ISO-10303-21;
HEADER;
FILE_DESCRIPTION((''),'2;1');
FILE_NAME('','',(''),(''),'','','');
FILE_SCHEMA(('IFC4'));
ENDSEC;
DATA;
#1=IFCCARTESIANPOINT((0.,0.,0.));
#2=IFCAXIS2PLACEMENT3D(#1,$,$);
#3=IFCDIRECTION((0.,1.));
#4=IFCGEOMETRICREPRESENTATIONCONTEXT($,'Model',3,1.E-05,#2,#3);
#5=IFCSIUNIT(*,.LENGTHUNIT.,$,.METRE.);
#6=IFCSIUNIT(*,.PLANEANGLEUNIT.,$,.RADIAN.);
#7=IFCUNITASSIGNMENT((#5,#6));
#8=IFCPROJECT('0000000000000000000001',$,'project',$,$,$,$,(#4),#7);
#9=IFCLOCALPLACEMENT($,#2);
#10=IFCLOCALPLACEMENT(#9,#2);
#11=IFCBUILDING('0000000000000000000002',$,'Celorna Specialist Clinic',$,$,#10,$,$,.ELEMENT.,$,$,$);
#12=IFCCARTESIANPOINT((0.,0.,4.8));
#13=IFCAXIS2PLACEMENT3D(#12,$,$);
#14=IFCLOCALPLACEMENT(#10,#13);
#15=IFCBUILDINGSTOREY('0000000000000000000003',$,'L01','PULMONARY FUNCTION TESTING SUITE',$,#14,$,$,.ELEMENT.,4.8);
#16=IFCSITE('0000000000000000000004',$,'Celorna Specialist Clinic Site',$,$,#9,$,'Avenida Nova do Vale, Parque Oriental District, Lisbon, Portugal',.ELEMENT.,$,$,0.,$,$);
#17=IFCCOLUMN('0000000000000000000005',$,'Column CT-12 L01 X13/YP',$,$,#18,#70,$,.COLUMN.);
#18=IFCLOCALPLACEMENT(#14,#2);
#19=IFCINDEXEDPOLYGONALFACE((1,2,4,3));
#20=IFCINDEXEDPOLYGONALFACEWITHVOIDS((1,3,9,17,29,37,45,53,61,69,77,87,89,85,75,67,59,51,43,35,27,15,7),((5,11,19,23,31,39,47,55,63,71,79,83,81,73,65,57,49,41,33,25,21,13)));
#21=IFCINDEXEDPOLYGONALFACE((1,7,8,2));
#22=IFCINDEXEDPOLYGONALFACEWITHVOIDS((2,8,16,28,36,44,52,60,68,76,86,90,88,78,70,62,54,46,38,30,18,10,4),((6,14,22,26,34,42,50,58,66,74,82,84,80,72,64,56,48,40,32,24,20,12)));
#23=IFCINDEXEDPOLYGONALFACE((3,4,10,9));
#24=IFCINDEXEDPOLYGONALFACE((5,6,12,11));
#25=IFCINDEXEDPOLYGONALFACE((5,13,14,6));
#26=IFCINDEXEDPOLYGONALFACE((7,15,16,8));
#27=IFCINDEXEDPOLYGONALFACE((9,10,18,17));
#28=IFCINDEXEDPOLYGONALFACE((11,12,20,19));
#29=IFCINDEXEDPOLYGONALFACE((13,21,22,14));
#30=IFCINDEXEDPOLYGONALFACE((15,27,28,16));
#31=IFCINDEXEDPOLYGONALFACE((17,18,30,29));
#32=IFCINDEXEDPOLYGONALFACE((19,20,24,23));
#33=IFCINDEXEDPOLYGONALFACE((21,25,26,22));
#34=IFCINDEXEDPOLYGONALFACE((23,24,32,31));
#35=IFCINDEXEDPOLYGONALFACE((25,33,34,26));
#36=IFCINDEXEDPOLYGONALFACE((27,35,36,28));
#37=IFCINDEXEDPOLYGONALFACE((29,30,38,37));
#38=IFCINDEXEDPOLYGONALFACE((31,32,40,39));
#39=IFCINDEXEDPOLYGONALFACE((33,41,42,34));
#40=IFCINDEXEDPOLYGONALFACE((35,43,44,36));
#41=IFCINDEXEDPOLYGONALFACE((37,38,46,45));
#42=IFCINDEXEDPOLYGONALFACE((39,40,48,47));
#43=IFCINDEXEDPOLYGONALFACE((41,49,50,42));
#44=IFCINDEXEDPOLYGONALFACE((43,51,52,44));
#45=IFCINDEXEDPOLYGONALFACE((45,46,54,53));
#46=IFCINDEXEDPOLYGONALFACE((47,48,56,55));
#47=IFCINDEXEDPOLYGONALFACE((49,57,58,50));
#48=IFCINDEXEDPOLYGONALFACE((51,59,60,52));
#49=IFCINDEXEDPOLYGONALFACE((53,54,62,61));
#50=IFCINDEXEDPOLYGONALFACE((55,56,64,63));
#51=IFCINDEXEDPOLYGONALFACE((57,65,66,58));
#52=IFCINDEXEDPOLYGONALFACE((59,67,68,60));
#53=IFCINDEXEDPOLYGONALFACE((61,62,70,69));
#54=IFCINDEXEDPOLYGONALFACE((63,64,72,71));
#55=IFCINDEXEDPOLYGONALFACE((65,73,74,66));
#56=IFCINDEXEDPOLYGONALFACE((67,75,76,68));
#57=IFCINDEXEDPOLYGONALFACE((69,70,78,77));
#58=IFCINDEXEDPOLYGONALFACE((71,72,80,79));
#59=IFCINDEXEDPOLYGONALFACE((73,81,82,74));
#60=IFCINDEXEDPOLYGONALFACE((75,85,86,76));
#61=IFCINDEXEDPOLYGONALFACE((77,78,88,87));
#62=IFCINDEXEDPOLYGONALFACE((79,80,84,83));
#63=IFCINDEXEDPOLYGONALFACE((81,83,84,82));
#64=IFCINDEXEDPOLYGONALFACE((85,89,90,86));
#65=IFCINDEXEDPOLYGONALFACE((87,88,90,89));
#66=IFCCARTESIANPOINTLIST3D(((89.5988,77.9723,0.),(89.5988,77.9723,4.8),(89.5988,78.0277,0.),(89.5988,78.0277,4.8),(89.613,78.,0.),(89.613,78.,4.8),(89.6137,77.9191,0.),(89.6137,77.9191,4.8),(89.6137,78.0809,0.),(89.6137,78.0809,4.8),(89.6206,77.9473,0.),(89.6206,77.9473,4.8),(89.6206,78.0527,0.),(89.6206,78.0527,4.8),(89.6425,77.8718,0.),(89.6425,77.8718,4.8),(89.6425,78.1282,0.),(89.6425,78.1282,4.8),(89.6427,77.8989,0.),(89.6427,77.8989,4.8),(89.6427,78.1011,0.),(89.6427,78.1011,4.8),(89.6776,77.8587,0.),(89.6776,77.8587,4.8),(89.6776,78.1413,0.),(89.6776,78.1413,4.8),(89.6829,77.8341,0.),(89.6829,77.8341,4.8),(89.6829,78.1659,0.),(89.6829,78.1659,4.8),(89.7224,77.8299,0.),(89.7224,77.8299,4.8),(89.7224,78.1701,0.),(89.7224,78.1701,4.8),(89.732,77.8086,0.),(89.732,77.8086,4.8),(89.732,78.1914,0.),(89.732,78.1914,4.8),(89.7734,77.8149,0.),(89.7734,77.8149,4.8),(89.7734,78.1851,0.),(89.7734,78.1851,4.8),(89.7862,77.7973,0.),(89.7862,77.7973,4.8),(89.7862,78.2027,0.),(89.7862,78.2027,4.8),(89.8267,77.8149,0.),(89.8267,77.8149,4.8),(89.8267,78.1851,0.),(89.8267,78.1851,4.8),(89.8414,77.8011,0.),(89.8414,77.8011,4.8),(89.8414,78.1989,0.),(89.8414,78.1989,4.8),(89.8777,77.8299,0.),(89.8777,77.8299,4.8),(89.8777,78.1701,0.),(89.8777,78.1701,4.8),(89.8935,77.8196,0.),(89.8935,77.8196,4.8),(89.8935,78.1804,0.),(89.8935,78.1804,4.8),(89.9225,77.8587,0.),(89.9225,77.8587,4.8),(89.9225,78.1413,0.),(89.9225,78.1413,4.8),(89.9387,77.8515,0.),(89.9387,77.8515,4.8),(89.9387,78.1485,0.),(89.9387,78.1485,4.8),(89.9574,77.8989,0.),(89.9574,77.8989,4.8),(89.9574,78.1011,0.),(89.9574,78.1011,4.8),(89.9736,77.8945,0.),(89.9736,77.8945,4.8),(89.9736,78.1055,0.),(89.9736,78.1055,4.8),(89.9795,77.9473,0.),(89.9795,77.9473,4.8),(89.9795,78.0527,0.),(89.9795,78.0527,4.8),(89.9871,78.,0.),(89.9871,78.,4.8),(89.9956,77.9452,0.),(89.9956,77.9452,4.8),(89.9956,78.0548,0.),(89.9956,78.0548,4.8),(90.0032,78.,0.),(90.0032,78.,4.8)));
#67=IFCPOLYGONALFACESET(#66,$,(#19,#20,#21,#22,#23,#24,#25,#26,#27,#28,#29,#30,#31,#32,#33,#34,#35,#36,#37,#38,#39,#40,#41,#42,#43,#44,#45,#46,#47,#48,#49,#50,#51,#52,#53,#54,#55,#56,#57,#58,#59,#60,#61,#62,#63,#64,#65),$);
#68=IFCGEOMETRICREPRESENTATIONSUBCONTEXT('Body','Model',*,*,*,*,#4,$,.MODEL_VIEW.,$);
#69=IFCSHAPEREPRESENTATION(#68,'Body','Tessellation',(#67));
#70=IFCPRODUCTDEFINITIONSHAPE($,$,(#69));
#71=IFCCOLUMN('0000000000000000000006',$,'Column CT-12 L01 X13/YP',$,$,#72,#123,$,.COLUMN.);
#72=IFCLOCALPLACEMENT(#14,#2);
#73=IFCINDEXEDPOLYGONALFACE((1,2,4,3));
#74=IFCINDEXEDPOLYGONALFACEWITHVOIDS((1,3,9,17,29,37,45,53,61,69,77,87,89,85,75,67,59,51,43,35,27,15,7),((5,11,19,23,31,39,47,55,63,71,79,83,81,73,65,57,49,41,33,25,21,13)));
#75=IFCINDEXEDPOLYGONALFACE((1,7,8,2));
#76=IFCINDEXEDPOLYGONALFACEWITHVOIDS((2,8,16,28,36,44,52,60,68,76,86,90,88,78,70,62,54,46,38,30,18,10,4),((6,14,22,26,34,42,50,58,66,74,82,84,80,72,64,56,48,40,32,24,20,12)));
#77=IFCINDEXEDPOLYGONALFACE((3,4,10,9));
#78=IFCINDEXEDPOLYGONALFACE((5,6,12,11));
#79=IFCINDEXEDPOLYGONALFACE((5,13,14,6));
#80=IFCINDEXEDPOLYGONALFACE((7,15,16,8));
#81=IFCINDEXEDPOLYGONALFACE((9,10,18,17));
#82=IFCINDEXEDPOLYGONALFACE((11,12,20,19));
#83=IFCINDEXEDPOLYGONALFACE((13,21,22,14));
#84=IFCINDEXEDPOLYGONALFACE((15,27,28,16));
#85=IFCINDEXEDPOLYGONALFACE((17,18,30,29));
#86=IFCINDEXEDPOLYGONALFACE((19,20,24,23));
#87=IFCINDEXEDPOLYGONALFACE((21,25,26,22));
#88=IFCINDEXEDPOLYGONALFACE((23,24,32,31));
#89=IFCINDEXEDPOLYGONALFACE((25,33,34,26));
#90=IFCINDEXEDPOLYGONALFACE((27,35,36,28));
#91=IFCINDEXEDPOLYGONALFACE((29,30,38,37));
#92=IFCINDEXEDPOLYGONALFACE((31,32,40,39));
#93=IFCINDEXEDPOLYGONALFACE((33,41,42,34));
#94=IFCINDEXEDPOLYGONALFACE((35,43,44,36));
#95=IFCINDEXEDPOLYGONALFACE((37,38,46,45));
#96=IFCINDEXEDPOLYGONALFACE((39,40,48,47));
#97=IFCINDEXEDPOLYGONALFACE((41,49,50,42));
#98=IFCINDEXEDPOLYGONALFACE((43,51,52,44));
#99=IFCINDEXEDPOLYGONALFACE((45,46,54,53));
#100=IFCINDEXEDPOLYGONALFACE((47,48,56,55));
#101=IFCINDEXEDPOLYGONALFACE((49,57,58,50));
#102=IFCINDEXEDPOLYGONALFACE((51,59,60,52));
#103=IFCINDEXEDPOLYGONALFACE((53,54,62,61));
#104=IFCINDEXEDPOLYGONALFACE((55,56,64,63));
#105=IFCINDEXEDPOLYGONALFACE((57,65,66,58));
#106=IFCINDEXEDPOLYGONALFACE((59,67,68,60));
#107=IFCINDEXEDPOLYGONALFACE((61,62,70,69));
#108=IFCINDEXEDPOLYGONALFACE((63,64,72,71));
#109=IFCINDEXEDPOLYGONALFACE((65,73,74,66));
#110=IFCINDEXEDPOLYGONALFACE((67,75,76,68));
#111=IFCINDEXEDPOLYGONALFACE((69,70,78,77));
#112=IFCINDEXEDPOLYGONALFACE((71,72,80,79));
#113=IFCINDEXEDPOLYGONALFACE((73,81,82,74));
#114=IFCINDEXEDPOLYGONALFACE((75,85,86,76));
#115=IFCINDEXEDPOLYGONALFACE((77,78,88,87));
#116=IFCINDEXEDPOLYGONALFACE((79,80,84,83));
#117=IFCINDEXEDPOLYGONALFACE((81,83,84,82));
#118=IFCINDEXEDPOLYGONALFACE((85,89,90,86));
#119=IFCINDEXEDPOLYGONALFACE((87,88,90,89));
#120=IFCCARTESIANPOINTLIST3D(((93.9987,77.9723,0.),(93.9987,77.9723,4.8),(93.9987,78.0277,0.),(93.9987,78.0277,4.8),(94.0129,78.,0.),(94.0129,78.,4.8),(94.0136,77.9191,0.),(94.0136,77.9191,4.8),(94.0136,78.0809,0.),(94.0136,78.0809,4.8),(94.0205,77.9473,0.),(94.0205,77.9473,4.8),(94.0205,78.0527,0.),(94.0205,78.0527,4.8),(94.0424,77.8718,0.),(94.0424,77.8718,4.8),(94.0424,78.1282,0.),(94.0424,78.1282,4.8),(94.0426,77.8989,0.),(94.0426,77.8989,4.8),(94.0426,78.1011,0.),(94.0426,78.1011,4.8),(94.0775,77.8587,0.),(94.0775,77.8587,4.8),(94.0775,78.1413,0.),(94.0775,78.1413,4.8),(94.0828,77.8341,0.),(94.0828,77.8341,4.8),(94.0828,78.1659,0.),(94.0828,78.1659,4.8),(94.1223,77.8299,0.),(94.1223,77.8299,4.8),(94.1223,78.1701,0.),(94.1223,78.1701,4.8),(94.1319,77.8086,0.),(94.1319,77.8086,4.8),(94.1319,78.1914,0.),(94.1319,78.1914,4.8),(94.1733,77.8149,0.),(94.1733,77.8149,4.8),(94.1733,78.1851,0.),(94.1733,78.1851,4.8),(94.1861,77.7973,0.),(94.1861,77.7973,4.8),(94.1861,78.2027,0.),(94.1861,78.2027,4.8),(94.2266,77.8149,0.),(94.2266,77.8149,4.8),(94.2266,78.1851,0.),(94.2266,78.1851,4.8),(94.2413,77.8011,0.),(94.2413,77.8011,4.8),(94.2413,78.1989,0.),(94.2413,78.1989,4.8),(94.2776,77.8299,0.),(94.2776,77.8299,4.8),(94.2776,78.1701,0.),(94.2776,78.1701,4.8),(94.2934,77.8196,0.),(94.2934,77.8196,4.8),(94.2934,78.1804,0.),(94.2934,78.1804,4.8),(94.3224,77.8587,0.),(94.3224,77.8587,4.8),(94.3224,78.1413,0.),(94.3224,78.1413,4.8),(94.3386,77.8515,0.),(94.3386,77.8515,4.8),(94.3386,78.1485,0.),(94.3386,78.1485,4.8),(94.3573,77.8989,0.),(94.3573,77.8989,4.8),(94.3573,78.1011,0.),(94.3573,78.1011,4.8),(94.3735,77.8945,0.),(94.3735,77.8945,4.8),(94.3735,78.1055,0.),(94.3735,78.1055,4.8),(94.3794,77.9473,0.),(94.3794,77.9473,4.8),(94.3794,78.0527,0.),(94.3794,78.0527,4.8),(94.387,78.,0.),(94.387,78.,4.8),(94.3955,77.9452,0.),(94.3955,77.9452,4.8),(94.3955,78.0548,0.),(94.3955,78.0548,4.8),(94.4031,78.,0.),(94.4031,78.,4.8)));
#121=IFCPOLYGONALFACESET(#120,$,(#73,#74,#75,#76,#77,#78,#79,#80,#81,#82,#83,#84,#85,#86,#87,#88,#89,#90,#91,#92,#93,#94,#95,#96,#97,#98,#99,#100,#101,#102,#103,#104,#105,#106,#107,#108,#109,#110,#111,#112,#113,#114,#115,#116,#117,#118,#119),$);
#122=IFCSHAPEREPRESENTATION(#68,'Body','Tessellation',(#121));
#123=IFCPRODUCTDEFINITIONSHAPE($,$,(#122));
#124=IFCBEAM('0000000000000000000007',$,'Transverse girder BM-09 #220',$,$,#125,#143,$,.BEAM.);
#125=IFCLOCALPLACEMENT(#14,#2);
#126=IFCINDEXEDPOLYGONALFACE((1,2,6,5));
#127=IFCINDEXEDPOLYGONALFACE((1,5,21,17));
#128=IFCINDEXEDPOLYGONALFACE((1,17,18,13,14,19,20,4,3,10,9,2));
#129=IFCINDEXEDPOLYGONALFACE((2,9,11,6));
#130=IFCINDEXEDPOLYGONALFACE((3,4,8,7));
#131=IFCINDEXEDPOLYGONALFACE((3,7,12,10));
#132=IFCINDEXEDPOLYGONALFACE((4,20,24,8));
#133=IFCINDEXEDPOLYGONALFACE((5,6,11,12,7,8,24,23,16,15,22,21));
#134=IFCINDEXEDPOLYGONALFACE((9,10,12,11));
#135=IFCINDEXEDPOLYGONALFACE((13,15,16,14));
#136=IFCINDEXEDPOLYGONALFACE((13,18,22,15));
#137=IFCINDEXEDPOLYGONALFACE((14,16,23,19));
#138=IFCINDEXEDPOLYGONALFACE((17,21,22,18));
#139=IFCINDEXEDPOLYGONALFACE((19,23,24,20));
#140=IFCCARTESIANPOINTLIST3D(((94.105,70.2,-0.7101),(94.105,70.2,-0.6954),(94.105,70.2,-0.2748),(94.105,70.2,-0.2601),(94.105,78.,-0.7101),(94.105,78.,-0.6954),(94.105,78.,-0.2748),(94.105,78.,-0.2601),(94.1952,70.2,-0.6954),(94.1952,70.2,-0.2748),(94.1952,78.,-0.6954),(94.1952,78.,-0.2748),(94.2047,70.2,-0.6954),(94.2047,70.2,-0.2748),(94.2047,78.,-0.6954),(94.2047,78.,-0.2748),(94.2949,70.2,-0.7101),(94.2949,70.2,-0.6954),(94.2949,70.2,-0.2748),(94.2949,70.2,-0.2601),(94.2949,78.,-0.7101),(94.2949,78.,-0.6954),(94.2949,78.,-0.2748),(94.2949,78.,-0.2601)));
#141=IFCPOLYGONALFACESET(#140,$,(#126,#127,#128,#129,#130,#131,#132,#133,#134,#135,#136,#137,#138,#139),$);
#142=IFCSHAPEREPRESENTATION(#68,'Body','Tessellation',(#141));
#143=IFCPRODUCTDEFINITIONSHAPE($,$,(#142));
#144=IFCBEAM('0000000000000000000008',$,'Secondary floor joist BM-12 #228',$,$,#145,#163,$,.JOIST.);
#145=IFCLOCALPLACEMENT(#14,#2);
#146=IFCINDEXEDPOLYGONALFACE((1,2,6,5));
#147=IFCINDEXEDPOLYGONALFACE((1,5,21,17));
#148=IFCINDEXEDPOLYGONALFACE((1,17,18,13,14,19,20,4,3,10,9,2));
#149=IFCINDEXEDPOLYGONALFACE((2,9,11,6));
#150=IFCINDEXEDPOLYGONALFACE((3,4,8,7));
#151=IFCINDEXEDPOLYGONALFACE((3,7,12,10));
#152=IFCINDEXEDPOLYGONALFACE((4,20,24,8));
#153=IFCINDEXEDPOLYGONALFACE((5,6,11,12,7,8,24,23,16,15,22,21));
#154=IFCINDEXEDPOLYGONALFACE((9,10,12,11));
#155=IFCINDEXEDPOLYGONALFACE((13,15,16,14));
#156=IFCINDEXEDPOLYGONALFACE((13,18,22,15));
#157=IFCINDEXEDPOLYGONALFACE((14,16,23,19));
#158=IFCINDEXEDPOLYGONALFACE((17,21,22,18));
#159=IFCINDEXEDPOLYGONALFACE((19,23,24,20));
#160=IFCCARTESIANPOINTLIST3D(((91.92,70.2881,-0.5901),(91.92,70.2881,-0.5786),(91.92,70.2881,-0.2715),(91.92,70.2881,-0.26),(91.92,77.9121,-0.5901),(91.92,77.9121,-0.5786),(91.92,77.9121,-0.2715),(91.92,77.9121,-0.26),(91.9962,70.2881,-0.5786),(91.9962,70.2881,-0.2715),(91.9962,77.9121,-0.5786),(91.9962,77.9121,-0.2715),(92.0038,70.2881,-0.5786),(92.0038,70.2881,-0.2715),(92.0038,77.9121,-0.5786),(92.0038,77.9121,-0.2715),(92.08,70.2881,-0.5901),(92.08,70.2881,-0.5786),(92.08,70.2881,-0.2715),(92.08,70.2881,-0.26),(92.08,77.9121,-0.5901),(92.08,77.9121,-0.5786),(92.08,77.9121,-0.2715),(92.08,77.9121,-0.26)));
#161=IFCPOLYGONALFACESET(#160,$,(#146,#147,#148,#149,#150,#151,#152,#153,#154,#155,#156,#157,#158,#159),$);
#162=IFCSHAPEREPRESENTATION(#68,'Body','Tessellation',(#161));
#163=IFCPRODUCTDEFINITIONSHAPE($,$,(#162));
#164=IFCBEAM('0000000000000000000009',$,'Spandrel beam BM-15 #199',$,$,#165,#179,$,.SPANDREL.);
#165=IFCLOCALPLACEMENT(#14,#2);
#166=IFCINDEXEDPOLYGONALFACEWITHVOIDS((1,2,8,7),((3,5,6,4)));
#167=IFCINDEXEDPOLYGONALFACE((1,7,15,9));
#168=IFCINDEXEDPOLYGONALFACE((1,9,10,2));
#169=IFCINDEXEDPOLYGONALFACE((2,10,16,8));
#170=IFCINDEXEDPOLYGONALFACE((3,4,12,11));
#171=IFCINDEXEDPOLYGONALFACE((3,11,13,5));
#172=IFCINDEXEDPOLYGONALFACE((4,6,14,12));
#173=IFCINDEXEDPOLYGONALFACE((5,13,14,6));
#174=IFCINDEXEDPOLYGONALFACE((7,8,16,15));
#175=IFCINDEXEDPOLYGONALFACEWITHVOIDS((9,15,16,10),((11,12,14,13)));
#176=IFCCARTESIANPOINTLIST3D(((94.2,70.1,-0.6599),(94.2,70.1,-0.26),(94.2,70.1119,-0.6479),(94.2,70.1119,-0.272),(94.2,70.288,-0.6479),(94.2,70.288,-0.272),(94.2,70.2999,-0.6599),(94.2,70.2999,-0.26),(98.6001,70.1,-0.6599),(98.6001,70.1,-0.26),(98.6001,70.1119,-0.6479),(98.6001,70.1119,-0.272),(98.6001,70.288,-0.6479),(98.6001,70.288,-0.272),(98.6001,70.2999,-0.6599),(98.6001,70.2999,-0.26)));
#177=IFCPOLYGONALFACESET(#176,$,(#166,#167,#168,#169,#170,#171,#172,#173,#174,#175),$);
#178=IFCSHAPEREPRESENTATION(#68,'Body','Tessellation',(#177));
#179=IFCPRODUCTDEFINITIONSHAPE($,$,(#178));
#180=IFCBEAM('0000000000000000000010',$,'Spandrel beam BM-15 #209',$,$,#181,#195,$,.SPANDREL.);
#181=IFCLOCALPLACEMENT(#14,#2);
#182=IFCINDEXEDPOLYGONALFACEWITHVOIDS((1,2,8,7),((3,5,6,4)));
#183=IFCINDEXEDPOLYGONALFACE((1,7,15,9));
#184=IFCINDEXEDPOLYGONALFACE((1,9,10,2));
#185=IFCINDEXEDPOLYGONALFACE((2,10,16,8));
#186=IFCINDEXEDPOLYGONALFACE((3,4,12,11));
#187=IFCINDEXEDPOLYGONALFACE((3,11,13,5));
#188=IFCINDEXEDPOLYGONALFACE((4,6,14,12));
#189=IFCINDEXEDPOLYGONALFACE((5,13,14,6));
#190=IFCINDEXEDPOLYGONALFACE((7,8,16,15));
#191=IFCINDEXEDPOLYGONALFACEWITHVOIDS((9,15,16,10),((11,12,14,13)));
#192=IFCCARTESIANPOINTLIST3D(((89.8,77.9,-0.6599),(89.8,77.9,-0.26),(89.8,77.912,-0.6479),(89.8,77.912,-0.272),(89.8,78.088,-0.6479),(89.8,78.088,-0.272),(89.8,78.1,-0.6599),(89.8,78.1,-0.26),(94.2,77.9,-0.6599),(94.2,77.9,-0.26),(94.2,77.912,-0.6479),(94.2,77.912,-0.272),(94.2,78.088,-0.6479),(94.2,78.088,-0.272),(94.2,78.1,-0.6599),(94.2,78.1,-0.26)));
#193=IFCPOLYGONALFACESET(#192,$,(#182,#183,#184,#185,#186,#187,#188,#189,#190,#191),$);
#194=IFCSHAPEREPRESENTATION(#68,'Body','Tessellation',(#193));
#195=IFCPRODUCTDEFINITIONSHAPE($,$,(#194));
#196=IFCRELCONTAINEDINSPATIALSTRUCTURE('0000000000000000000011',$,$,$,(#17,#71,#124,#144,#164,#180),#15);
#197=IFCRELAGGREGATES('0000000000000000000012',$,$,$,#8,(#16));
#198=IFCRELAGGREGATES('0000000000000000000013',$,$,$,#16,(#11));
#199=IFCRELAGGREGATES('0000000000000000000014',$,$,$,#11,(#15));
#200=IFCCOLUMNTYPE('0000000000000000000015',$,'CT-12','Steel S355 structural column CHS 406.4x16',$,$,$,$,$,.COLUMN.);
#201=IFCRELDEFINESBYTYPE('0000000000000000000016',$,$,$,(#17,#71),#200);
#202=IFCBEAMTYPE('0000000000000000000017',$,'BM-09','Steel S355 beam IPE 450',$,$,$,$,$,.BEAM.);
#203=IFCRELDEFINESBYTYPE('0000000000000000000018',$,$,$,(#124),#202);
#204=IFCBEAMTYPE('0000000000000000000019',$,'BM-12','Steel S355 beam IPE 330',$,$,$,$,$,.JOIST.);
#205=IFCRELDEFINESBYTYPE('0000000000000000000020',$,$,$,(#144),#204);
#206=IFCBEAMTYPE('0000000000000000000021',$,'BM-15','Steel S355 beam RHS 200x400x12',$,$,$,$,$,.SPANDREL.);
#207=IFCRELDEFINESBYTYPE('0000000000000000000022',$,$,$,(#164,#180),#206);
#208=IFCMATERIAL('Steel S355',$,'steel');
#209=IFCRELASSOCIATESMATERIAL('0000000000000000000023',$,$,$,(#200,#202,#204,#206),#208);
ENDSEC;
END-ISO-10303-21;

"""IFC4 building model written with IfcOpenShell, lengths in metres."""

from ifc_helpers import new_model, si_unit, direction, frame, origin, origin_2d, place, context, subcontext, project, spatial, hollow_rectangle, hollow_circle, i_section, extrude, material, material_profile, profile_set, type_object, element, save


model = new_model("IFC4")

# Units and contexts
model_context = context("Model", 3, precision=1e-05, world=origin(), true_north=direction((0.0, 1.0)))
body_context = subcontext(model_context, "Body", "Model", "MODEL_VIEW")
ifc_project = project(units=[si_unit("LENGTHUNIT", "METRE"), si_unit("PLANEANGLEUNIT", "RADIAN")], contexts=[model_context])

# Site, building, storey
site_placement = place(None, origin())
site = spatial("IfcSite", under=ifc_project, at=site_placement, Name="Celorna Specialist Clinic Site", LongName="Avenida Nova do Vale, Parque Oriental District, Lisbon, Portugal", CompositionType="ELEMENT", RefElevation=0.0)
building_placement = place(site_placement, origin())
building = spatial("IfcBuilding", under=site, at=building_placement, Name="Celorna Specialist Clinic", CompositionType="ELEMENT")
storey_placement = place(building_placement, frame((0.0, 0.0, 4.8)))
storey = spatial("IfcBuildingStorey", under=building, at=storey_placement, Name="L01", Description="PULMONARY FUNCTION TESTING SUITE", CompositionType="ELEMENT", Elevation=4.8)

# Columns
ifc_material_1 = material(Name="Steel S355", Category="steel")
ifc_material_profile_1 = material_profile(ifc_material_1, hollow_circle(Radius=0.2031, WallThickness=0.0161, at=origin_2d()), Name="CHS 406.4x16")
ifc_profile_set_1 = profile_set([ifc_material_profile_1], Name="Steel S355")
column_type = type_object("IfcColumnType", Name="CT-12", Description="Steel S355 structural column CHS 406.4x16", PredefinedType="COLUMN", material=ifc_profile_set_1)
for number, where, z_axis, x_axis, name in (
    (1, (89.8, 78.0, 0.0), (0.0, 0.0, 1.0), (1.0, 0.0, 0.0), "Column CT-12 L01 X13/YP"),
    (2, (94.2, 78.0, 0.0), (0.0, 0.0, 1.0), (1.0, 0.0, 0.0), "Column CT-12 L01 X13/YP"),
):
    element("IfcColumn", number, at=place(storey_placement, frame(where, z_axis=z_axis, x_axis=x_axis)), inside=storey, type_object=column_type, Name=name, PredefinedType="COLUMN", context=body_context, shape_type="SweptSolid", body=[
        extrude(hollow_circle(Radius=0.2031, WallThickness=0.0161, at=origin_2d()), origin(), (0.0, 0.0, 1.0), 4.8),
    ])

# Beams
ifc_material_profile_2 = material_profile(ifc_material_1, i_section(OverallWidth=0.1899, OverallDepth=0.45, WebThickness=0.0095, FlangeThickness=0.0146, at=origin_2d()), Name="IPE 450")
ifc_profile_set_2 = profile_set([ifc_material_profile_2], Name="Steel S355")
beam_type_1 = type_object("IfcBeamType", Name="BM-09", Description="Steel S355 beam IPE 450", PredefinedType="BEAM", material=ifc_profile_set_2)
beam_1_placement = place(storey_placement, frame((94.2, 70.2, -0.4851), z_axis=(0.0, 1.0, 0.0), x_axis=(-1.0, 0.0, 0.0)))
element("IfcBeam", 3, at=beam_1_placement, inside=storey, type_object=beam_type_1, Name="Transverse girder BM-09 #220", PredefinedType="BEAM", context=body_context, shape_type="SweptSolid", body=[
    extrude(i_section(OverallWidth=0.1899, OverallDepth=0.45, WebThickness=0.0095, FlangeThickness=0.0146, at=origin_2d()), origin(), (0.0, 0.0, 1.0), 7.8),
])
ifc_material_profile_3 = material_profile(ifc_material_1, i_section(OverallWidth=0.1599, OverallDepth=0.3301, WebThickness=0.0076, FlangeThickness=0.0115, at=origin_2d()), Name="IPE 330")
ifc_profile_set_3 = profile_set([ifc_material_profile_3], Name="Steel S355")
beam_type_2 = type_object("IfcBeamType", Name="BM-12", Description="Steel S355 beam IPE 330", PredefinedType="JOIST", material=ifc_profile_set_3)
beam_2_placement = place(storey_placement, frame((92.0, 70.2881, -0.425), z_axis=(0.0, 1.0, 0.0), x_axis=(-1.0, 0.0, 0.0)))
element("IfcBeam", 4, at=beam_2_placement, inside=storey, type_object=beam_type_2, Name="Secondary floor joist BM-12 #228", PredefinedType="JOIST", context=body_context, shape_type="SweptSolid", body=[
    extrude(i_section(OverallWidth=0.1599, OverallDepth=0.3301, WebThickness=0.0076, FlangeThickness=0.0115, at=origin_2d()), origin(), (0.0, 0.0, 1.0), 7.624),
])
ifc_material_profile_4 = material_profile(ifc_material_1, hollow_rectangle(XDim=0.2, YDim=0.3999, WallThickness=0.012, at=origin_2d()), Name="RHS 200x400x12")
ifc_profile_set_4 = profile_set([ifc_material_profile_4], Name="Steel S355")
beam_type_3 = type_object("IfcBeamType", Name="BM-15", Description="Steel S355 beam RHS 200x400x12", PredefinedType="SPANDREL", material=ifc_profile_set_4)
beam_3_placement = place(storey_placement, frame((94.2, 70.2, -0.46), z_axis=(1.0, 0.0, 0.0), x_axis=(0.0, 1.0, 0.0)))
element("IfcBeam", 5, at=beam_3_placement, inside=storey, type_object=beam_type_3, Name="Spandrel beam BM-15 #199", PredefinedType="SPANDREL", context=body_context, shape_type="SweptSolid", body=[
    extrude(hollow_rectangle(XDim=0.2, YDim=0.3999, WallThickness=0.012, at=origin_2d()), origin(), (0.0, 0.0, 1.0), 4.4001),
])
beam_4_placement = place(storey_placement, frame((89.8, 78.0, -0.46), z_axis=(1.0, 0.0, 0.0), x_axis=(0.0, 1.0, 0.0)))
element("IfcBeam", 6, at=beam_4_placement, inside=storey, type_object=beam_type_3, Name="Spandrel beam BM-15 #209", PredefinedType="SPANDREL", context=body_context, shape_type="SweptSolid", body=[
    extrude(hollow_rectangle(XDim=0.2, YDim=0.3999, WallThickness=0.012, at=origin_2d()), origin(), (0.0, 0.0, 1.0), 4.3999),
])

save(model, "model.ifc")
